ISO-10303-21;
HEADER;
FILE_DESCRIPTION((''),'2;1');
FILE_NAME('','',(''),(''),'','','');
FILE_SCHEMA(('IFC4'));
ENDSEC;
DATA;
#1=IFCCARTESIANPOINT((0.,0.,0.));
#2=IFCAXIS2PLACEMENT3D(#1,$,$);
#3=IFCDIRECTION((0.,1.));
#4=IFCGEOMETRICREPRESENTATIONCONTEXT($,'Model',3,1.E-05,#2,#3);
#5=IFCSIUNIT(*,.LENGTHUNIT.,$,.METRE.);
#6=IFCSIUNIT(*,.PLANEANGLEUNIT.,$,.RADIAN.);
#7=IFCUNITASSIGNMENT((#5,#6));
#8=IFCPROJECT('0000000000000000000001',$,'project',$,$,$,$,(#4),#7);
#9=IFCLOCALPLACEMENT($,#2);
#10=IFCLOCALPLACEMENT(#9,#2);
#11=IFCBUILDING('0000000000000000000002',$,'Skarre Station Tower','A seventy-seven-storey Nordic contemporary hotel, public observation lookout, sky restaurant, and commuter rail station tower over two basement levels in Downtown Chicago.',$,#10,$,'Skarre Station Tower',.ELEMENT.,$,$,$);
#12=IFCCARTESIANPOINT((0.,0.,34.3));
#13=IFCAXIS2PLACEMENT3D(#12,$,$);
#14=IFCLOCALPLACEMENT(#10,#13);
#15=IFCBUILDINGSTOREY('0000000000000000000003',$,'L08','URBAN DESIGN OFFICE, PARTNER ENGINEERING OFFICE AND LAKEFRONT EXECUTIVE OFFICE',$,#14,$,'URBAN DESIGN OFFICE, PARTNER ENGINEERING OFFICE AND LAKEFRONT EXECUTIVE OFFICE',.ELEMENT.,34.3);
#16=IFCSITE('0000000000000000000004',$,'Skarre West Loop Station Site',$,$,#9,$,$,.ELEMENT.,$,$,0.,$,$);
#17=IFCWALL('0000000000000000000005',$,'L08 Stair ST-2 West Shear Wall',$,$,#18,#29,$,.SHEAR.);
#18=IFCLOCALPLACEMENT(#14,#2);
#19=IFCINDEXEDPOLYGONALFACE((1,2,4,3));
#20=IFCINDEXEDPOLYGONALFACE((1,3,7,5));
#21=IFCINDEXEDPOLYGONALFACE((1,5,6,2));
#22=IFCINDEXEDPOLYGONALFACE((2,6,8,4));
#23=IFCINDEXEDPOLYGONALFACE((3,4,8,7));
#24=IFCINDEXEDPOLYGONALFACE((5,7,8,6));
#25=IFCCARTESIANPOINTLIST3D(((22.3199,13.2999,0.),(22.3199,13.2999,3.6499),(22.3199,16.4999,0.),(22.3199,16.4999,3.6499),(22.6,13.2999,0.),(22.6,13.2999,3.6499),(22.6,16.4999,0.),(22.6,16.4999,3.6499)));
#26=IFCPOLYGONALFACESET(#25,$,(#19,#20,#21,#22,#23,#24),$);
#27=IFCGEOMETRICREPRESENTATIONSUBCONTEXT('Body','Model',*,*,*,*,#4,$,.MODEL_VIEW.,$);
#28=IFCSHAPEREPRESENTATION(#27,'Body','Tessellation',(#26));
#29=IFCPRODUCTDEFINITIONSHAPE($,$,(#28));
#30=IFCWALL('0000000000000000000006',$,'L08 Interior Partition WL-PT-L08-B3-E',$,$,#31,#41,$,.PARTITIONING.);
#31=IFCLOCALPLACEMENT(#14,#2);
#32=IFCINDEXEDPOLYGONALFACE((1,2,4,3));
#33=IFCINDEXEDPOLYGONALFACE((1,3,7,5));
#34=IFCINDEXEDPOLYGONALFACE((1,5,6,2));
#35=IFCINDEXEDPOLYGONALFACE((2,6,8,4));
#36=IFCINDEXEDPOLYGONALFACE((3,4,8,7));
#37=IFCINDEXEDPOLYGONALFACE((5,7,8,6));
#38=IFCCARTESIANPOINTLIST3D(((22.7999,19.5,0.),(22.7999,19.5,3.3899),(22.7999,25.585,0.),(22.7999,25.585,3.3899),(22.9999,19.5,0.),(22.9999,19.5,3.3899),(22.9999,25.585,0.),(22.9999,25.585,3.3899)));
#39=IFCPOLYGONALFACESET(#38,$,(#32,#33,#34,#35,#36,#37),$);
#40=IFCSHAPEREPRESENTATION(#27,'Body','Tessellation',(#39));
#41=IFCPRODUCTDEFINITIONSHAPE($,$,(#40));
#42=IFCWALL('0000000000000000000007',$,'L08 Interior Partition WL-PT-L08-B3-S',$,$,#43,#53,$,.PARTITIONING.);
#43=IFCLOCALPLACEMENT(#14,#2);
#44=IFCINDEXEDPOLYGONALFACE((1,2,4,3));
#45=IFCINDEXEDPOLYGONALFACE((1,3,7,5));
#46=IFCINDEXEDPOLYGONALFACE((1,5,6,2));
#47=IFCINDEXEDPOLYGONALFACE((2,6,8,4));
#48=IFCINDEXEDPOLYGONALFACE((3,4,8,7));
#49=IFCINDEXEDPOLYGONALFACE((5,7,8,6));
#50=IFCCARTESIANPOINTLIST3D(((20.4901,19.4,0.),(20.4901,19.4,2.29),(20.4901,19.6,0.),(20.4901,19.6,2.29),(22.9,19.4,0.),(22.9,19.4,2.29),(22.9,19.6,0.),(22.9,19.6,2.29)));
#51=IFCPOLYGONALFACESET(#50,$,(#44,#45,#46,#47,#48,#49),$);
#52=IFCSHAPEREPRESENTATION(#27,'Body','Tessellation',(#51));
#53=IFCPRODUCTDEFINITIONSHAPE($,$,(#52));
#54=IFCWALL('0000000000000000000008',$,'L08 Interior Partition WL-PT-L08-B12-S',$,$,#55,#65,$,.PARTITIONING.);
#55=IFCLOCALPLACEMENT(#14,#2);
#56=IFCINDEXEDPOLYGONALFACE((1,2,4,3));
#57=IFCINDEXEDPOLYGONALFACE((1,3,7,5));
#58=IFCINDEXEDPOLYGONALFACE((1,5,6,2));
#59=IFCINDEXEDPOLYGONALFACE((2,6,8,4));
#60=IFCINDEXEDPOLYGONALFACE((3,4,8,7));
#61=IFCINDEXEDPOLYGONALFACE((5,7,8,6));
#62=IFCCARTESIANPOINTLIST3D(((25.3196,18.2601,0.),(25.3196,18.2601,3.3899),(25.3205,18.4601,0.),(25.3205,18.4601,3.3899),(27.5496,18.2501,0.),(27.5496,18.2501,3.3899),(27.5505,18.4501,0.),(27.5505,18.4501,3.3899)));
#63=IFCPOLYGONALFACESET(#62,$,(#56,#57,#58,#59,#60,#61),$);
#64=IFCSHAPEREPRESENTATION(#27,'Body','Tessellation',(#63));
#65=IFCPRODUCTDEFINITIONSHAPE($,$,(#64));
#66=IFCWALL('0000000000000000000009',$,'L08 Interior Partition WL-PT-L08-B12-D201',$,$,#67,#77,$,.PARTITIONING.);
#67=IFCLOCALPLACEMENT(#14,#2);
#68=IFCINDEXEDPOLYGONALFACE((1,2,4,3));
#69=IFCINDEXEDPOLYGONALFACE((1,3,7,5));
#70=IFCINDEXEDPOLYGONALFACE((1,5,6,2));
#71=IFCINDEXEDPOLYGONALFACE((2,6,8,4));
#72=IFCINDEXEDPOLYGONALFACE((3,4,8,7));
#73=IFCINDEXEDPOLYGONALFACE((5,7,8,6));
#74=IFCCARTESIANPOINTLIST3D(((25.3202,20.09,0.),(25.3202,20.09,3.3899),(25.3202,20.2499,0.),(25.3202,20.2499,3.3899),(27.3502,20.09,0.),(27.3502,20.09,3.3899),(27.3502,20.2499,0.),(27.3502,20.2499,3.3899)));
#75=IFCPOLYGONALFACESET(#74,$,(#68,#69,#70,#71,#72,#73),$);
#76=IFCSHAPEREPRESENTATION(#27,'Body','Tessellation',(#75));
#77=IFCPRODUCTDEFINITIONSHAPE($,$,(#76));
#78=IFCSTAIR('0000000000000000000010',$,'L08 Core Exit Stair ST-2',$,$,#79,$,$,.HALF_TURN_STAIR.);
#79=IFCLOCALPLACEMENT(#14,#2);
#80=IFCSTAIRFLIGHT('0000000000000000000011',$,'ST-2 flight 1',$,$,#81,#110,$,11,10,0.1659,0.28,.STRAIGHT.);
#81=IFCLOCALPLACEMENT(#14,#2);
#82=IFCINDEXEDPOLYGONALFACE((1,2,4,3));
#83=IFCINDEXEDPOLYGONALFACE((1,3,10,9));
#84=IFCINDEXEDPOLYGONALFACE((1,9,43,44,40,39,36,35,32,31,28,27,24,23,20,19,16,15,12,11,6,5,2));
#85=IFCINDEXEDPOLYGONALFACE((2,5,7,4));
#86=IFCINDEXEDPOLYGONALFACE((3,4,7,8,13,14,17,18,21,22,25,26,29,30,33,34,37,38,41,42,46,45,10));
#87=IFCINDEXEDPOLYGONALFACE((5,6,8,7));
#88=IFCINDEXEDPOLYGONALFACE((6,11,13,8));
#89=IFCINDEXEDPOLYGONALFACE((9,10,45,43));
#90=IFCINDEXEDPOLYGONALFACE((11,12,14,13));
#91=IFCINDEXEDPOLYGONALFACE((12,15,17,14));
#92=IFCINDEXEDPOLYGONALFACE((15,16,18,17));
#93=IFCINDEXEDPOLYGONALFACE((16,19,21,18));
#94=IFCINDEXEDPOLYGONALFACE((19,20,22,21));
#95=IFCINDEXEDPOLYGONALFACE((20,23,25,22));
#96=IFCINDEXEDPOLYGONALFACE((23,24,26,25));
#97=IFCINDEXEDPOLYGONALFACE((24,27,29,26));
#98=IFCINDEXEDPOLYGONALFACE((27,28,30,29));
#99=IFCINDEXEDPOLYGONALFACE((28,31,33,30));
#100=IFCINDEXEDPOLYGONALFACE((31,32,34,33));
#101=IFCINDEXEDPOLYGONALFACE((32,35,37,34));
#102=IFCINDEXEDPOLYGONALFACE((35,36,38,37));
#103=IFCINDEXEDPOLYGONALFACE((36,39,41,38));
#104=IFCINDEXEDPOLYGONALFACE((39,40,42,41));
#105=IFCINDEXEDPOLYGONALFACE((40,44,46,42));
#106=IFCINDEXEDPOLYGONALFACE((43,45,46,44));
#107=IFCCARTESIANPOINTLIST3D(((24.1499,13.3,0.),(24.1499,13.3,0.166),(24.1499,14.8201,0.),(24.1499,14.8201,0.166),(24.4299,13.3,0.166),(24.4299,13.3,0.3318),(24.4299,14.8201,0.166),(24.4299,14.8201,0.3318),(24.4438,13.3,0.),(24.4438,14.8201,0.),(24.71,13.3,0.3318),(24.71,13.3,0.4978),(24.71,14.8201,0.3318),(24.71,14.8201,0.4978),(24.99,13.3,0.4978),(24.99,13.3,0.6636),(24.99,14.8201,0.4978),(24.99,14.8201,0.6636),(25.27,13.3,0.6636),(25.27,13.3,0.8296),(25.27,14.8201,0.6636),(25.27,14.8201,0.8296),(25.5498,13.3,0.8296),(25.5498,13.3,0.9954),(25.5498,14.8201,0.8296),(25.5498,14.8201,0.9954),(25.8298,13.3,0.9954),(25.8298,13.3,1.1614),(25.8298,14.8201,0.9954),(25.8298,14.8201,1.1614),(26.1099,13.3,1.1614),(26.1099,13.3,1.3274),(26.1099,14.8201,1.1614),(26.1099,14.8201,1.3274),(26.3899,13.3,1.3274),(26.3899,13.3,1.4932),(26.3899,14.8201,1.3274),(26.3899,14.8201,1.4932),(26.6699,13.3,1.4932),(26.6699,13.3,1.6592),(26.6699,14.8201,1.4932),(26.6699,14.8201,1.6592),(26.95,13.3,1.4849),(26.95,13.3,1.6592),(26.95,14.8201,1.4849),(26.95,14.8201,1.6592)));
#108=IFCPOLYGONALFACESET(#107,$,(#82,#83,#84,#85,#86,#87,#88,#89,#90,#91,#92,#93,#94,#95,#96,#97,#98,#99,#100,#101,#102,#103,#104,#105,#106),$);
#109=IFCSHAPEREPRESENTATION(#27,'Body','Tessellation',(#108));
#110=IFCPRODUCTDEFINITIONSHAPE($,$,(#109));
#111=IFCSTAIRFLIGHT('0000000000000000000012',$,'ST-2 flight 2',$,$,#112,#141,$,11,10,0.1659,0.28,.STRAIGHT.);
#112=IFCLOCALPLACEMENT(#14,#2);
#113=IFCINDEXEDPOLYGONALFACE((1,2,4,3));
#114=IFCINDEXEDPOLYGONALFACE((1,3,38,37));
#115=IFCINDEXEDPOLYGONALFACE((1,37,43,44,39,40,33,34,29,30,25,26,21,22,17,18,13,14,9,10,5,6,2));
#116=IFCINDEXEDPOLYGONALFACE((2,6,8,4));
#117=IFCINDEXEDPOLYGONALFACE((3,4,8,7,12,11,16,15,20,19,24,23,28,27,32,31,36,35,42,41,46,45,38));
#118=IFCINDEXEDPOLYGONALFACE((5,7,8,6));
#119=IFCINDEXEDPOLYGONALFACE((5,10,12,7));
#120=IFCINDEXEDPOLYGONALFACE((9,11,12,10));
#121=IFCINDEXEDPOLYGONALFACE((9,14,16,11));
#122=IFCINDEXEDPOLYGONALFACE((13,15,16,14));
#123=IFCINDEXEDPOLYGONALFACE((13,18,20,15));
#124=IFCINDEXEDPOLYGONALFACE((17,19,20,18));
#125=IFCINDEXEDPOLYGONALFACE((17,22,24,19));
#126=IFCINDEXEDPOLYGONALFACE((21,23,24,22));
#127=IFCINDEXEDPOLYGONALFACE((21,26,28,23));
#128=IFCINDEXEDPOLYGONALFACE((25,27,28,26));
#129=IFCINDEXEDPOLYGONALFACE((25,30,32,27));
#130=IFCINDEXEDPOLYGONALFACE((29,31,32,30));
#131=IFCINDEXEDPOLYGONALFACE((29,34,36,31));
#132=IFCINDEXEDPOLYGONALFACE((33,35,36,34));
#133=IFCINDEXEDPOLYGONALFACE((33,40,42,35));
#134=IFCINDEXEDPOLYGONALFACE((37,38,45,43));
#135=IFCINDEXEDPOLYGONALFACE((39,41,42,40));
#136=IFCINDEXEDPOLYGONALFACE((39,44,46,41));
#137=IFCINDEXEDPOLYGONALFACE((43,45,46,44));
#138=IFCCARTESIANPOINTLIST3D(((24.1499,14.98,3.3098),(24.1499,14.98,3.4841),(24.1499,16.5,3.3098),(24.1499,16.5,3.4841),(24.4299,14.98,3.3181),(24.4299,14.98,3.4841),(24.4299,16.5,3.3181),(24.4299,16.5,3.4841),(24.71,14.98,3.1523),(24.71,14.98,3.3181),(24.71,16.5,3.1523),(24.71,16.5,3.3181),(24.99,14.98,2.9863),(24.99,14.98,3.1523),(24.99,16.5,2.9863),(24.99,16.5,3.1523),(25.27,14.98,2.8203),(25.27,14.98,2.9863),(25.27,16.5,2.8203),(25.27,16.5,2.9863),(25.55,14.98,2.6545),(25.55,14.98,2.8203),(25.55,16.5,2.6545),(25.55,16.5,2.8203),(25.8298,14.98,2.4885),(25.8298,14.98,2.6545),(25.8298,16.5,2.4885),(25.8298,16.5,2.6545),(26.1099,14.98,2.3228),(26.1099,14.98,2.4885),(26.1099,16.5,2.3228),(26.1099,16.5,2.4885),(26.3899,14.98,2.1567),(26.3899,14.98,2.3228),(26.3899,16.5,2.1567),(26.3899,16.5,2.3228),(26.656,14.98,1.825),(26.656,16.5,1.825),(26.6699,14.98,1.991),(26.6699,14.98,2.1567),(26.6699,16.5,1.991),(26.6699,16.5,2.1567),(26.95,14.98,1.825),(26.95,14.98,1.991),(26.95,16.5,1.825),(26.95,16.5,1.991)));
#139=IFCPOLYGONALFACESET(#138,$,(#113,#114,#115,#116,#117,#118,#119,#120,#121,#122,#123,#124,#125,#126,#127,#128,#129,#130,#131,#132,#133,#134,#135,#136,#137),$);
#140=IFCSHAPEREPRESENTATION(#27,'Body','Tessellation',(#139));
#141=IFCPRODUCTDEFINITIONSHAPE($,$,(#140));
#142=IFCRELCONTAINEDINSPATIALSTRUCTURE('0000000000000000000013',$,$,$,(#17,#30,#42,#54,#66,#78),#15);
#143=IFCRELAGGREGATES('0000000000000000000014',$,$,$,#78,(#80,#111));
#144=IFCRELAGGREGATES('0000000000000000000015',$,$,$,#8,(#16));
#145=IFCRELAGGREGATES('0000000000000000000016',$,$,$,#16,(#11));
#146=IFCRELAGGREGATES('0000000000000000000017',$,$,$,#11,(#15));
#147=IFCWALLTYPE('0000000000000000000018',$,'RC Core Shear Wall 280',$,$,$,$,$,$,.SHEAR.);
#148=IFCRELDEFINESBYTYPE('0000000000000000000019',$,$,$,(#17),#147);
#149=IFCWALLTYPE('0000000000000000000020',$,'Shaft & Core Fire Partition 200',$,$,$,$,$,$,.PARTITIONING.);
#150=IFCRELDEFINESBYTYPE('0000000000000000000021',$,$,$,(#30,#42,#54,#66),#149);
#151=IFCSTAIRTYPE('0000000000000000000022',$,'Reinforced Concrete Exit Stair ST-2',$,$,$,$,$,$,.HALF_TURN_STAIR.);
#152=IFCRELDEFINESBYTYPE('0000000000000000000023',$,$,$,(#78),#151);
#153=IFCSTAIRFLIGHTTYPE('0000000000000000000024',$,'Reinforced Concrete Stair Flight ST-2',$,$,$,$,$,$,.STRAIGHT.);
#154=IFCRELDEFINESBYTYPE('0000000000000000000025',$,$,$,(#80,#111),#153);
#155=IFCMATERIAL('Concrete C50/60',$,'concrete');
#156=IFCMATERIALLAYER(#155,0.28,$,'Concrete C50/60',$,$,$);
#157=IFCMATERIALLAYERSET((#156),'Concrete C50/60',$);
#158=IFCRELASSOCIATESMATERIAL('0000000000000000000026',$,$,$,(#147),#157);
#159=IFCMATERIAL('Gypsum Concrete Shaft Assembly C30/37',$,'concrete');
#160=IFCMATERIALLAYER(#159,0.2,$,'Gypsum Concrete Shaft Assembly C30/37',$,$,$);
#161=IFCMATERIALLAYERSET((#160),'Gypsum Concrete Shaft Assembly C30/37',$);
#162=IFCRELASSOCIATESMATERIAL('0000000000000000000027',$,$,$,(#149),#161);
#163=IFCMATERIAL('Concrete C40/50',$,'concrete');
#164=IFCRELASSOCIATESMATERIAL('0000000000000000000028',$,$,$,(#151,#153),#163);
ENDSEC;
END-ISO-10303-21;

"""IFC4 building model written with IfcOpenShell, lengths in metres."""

from ifc_helpers import new_model, si_unit, direction, frame, frame_2d, origin, place, context, subcontext, project, spatial, polyline, rectangle, outline, extrude, material, layer, layer_set, type_object, element, aggregate, save


model = new_model("IFC4")

# Units and contexts
model_context = context("Model", 3, precision=1e-05, world=origin(), true_north=direction((0.0, 1.0)))
body_context = subcontext(model_context, "Body", "Model", "MODEL_VIEW")
ifc_project = project(units=[si_unit("LENGTHUNIT", "METRE"), si_unit("PLANEANGLEUNIT", "RADIAN")], contexts=[model_context])

# Site, building, storey
site_placement = place(None, origin())
site = spatial("IfcSite", under=ifc_project, at=site_placement, Name="Skarre West Loop Station Site", CompositionType="ELEMENT", RefElevation=0.0)
building_placement = place(site_placement, origin())
building = spatial("IfcBuilding", under=site, at=building_placement, Name="Skarre Station Tower", Description="A seventy-seven-storey Nordic contemporary hotel, public observation lookout, sky restaurant, and commuter rail station tower over two basement levels in Downtown Chicago.", LongName="Skarre Station Tower", CompositionType="ELEMENT")
storey_placement = place(building_placement, frame((0.0, 0.0, 34.3)))
storey = spatial("IfcBuildingStorey", under=building, at=storey_placement, Name="L08", Description="URBAN DESIGN OFFICE, PARTNER ENGINEERING OFFICE AND LAKEFRONT EXECUTIVE OFFICE", LongName="URBAN DESIGN OFFICE, PARTNER ENGINEERING OFFICE AND LAKEFRONT EXECUTIVE OFFICE", CompositionType="ELEMENT", Elevation=34.3)

# Shared definitions
ifc_material_1 = material(Name="Concrete C50/60", Category="concrete")
ifc_layer_1 = layer(ifc_material_1, 0.28, Name="Concrete C50/60")
ifc_layer_set_1 = layer_set([ifc_layer_1], Name="Concrete C50/60")
wall_type_1 = type_object("IfcWallType", Name="RC Core Shear Wall 280", PredefinedType="SHEAR", material=ifc_layer_set_1)

# Walls
wall_1_placement = place(storey_placement, frame((22.46, 16.5, 0.0), z_axis=(0.0, 0.0, 1.0), x_axis=(0.0, -1.0, 0.0)))
element("IfcWall", 1, at=wall_1_placement, inside=storey, type_object=wall_type_1, Name="L08 Stair ST-2 West Shear Wall", PredefinedType="SHEAR", context=body_context, shape_type="SweptSolid", body=[
    extrude(rectangle(XDim=3.2, YDim=0.28, at=frame_2d((1.6001, 0.0))), origin(), (0.0, 0.0, 1.0), 3.6499),
])
ifc_material_2 = material(Name="Gypsum Concrete Shaft Assembly C30/37", Category="concrete")
ifc_layer_2 = layer(ifc_material_2, 0.2, Name="Gypsum Concrete Shaft Assembly C30/37")
ifc_layer_set_2 = layer_set([ifc_layer_2], Name="Gypsum Concrete Shaft Assembly C30/37")
wall_type_2 = type_object("IfcWallType", Name="Shaft & Core Fire Partition 200", PredefinedType="PARTITIONING", material=ifc_layer_set_2)
wall_2_placement = place(storey_placement, frame((22.8999, 19.5, 0.0), z_axis=(0.0, 0.0, 1.0), x_axis=(0.0, 1.0, 0.0)))
element("IfcWall", 2, at=wall_2_placement, inside=storey, type_object=wall_type_2, Name="L08 Interior Partition WL-PT-L08-B3-E", PredefinedType="PARTITIONING", context=body_context, shape_type="SweptSolid", body=[
    extrude(rectangle(XDim=6.085, YDim=0.2, at=frame_2d((3.0425, 0.0))), origin(), (0.0, 0.0, 1.0), 3.3899),
])
wall_3_placement = place(storey_placement, frame((20.49, 19.5, 0.0), z_axis=(0.0, 0.0, 1.0), x_axis=(1.0, 0.0, 0.0)))
element("IfcWall", 3, at=wall_3_placement, inside=storey, type_object=wall_type_2, Name="L08 Interior Partition WL-PT-L08-B3-S", PredefinedType="PARTITIONING", context=body_context, shape_type="SweptSolid", body=[
    extrude(rectangle(XDim=2.4099, YDim=0.2, at=frame_2d((1.2051, 0.0))), origin(), (0.0, 0.0, 1.0), 2.29),
])
wall_4_placement = place(storey_placement, frame((25.3201, 18.3601, 0.0), z_axis=(0.0, 0.0, 1.0), x_axis=(0.99999, -0.004489, 0.0)))
element("IfcWall", 4, at=wall_4_placement, inside=storey, type_object=wall_type_2, Name="L08 Interior Partition WL-PT-L08-B12-S", PredefinedType="PARTITIONING", context=body_context, shape_type="SweptSolid", body=[
    extrude(rectangle(XDim=2.23, YDim=0.2, at=frame_2d((1.115, 0.0))), origin(), (0.0, 0.0, 1.0), 3.3899),
])
wall_5_placement = place(storey_placement, frame((25.3201, 20.1699, 0.0), z_axis=(0.0, 0.0, 1.0), x_axis=(1.0, 0.0, 0.0)))
element("IfcWall", 5, at=wall_5_placement, inside=storey, type_object=wall_type_2, Name="L08 Interior Partition WL-PT-L08-B12-D201", PredefinedType="PARTITIONING", context=body_context, shape_type="SweptSolid", body=[
    extrude(rectangle(XDim=2.03, YDim=0.1599, at=frame_2d((1.0151, 0.0))), origin(), (0.0, 0.0, 1.0), 3.3899),
])

# Stair, stair flights
ifc_material_3 = material(Name="Concrete C40/50", Category="concrete")
stair_type = type_object("IfcStairType", Name="Reinforced Concrete Exit Stair ST-2", PredefinedType="HALF_TURN_STAIR", material=ifc_material_3)
stair_placement = place(storey_placement, origin())
stair = element("IfcStair", 6, at=stair_placement, inside=storey, type_object=stair_type, Name="L08 Core Exit Stair ST-2", PredefinedType="HALF_TURN_STAIR")
stair_flight_type = type_object("IfcStairFlightType", Name="Reinforced Concrete Stair Flight ST-2", PredefinedType="STRAIGHT", material=ifc_material_3)
stair_flight_1_placement = place(storey_placement, frame((24.1499, 14.0601, 0.0), z_axis=(0.0, 0.0, 1.0), x_axis=(1.0, 0.0, 0.0)))
stair_flight_1 = element("IfcStairFlight", 7, at=stair_flight_1_placement, type_object=stair_flight_type, Name="ST-2 flight 1", NumberOfRisers=11, NumberOfTreads=10, PredefinedType="STRAIGHT", RiserHeight=0.1659, TreadLength=0.28, context=body_context, shape_type="SweptSolid", body=[
    extrude(outline(polyline([(0.0, 0.0), (0.0, 0.166), (0.28, 0.166), (0.28, 0.3318), (0.5601, 0.3318), (0.5601, 0.4978), (0.8401, 0.4978), (0.8401, 0.6636), (1.1201, 0.6636), (1.1201, 0.8296), (1.3999, 0.8296), (1.3999, 0.9954), (1.6799, 0.9954), (1.6799, 1.1614), (1.96, 1.1614), (1.96, 1.3274), (2.24, 1.3274), (2.24, 1.4932), (2.52, 1.4932), (2.52, 1.6592), (2.8, 1.6592), (2.8, 1.825), (2.8, 1.4849), (0.2939, 0.0), (0.0, 0.0)])), frame((0.0, 0.76, 0.0), z_axis=(0.0, -1.0, 0.0), x_axis=(1.0, 0.0, 0.0)), (0.0, 0.0, 1.0), 1.52),
])
stair_flight_2_placement = place(storey_placement, frame((26.95, 15.74, 1.825), z_axis=(0.0, 0.0, 1.0), x_axis=(-1.0, 0.0, 0.0)))
stair_flight_2 = element("IfcStairFlight", 8, at=stair_flight_2_placement, type_object=stair_flight_type, Name="ST-2 flight 2", NumberOfRisers=11, NumberOfTreads=10, PredefinedType="STRAIGHT", RiserHeight=0.1659, TreadLength=0.28, context=body_context, shape_type="SweptSolid", body=[
    extrude(outline(polyline([(0.0, 0.0), (0.0, 0.166), (0.28, 0.166), (0.28, 0.3318), (0.5601, 0.3318), (0.5601, 0.4978), (0.8401, 0.4978), (0.8401, 0.6636), (1.1201, 0.6636), (1.1201, 0.8296), (1.3999, 0.8296), (1.3999, 0.9954), (1.6799, 0.9954), (1.6799, 1.1614), (1.96, 1.1614), (1.96, 1.3274), (2.24, 1.3274), (2.24, 1.4932), (2.52, 1.4932), (2.52, 1.6592), (2.8, 1.6592), (2.8, 1.825), (2.8, 1.4849), (0.2939, 0.0), (0.0, 0.0)])), frame((0.0, 0.76, 0.0), z_axis=(0.0, -1.0, 0.0), x_axis=(1.0, 0.0, 0.0)), (0.0, 0.0, 1.0), 1.52),
])
aggregate(stair, [stair_flight_1, stair_flight_2])

save(model, "model.ifc")
